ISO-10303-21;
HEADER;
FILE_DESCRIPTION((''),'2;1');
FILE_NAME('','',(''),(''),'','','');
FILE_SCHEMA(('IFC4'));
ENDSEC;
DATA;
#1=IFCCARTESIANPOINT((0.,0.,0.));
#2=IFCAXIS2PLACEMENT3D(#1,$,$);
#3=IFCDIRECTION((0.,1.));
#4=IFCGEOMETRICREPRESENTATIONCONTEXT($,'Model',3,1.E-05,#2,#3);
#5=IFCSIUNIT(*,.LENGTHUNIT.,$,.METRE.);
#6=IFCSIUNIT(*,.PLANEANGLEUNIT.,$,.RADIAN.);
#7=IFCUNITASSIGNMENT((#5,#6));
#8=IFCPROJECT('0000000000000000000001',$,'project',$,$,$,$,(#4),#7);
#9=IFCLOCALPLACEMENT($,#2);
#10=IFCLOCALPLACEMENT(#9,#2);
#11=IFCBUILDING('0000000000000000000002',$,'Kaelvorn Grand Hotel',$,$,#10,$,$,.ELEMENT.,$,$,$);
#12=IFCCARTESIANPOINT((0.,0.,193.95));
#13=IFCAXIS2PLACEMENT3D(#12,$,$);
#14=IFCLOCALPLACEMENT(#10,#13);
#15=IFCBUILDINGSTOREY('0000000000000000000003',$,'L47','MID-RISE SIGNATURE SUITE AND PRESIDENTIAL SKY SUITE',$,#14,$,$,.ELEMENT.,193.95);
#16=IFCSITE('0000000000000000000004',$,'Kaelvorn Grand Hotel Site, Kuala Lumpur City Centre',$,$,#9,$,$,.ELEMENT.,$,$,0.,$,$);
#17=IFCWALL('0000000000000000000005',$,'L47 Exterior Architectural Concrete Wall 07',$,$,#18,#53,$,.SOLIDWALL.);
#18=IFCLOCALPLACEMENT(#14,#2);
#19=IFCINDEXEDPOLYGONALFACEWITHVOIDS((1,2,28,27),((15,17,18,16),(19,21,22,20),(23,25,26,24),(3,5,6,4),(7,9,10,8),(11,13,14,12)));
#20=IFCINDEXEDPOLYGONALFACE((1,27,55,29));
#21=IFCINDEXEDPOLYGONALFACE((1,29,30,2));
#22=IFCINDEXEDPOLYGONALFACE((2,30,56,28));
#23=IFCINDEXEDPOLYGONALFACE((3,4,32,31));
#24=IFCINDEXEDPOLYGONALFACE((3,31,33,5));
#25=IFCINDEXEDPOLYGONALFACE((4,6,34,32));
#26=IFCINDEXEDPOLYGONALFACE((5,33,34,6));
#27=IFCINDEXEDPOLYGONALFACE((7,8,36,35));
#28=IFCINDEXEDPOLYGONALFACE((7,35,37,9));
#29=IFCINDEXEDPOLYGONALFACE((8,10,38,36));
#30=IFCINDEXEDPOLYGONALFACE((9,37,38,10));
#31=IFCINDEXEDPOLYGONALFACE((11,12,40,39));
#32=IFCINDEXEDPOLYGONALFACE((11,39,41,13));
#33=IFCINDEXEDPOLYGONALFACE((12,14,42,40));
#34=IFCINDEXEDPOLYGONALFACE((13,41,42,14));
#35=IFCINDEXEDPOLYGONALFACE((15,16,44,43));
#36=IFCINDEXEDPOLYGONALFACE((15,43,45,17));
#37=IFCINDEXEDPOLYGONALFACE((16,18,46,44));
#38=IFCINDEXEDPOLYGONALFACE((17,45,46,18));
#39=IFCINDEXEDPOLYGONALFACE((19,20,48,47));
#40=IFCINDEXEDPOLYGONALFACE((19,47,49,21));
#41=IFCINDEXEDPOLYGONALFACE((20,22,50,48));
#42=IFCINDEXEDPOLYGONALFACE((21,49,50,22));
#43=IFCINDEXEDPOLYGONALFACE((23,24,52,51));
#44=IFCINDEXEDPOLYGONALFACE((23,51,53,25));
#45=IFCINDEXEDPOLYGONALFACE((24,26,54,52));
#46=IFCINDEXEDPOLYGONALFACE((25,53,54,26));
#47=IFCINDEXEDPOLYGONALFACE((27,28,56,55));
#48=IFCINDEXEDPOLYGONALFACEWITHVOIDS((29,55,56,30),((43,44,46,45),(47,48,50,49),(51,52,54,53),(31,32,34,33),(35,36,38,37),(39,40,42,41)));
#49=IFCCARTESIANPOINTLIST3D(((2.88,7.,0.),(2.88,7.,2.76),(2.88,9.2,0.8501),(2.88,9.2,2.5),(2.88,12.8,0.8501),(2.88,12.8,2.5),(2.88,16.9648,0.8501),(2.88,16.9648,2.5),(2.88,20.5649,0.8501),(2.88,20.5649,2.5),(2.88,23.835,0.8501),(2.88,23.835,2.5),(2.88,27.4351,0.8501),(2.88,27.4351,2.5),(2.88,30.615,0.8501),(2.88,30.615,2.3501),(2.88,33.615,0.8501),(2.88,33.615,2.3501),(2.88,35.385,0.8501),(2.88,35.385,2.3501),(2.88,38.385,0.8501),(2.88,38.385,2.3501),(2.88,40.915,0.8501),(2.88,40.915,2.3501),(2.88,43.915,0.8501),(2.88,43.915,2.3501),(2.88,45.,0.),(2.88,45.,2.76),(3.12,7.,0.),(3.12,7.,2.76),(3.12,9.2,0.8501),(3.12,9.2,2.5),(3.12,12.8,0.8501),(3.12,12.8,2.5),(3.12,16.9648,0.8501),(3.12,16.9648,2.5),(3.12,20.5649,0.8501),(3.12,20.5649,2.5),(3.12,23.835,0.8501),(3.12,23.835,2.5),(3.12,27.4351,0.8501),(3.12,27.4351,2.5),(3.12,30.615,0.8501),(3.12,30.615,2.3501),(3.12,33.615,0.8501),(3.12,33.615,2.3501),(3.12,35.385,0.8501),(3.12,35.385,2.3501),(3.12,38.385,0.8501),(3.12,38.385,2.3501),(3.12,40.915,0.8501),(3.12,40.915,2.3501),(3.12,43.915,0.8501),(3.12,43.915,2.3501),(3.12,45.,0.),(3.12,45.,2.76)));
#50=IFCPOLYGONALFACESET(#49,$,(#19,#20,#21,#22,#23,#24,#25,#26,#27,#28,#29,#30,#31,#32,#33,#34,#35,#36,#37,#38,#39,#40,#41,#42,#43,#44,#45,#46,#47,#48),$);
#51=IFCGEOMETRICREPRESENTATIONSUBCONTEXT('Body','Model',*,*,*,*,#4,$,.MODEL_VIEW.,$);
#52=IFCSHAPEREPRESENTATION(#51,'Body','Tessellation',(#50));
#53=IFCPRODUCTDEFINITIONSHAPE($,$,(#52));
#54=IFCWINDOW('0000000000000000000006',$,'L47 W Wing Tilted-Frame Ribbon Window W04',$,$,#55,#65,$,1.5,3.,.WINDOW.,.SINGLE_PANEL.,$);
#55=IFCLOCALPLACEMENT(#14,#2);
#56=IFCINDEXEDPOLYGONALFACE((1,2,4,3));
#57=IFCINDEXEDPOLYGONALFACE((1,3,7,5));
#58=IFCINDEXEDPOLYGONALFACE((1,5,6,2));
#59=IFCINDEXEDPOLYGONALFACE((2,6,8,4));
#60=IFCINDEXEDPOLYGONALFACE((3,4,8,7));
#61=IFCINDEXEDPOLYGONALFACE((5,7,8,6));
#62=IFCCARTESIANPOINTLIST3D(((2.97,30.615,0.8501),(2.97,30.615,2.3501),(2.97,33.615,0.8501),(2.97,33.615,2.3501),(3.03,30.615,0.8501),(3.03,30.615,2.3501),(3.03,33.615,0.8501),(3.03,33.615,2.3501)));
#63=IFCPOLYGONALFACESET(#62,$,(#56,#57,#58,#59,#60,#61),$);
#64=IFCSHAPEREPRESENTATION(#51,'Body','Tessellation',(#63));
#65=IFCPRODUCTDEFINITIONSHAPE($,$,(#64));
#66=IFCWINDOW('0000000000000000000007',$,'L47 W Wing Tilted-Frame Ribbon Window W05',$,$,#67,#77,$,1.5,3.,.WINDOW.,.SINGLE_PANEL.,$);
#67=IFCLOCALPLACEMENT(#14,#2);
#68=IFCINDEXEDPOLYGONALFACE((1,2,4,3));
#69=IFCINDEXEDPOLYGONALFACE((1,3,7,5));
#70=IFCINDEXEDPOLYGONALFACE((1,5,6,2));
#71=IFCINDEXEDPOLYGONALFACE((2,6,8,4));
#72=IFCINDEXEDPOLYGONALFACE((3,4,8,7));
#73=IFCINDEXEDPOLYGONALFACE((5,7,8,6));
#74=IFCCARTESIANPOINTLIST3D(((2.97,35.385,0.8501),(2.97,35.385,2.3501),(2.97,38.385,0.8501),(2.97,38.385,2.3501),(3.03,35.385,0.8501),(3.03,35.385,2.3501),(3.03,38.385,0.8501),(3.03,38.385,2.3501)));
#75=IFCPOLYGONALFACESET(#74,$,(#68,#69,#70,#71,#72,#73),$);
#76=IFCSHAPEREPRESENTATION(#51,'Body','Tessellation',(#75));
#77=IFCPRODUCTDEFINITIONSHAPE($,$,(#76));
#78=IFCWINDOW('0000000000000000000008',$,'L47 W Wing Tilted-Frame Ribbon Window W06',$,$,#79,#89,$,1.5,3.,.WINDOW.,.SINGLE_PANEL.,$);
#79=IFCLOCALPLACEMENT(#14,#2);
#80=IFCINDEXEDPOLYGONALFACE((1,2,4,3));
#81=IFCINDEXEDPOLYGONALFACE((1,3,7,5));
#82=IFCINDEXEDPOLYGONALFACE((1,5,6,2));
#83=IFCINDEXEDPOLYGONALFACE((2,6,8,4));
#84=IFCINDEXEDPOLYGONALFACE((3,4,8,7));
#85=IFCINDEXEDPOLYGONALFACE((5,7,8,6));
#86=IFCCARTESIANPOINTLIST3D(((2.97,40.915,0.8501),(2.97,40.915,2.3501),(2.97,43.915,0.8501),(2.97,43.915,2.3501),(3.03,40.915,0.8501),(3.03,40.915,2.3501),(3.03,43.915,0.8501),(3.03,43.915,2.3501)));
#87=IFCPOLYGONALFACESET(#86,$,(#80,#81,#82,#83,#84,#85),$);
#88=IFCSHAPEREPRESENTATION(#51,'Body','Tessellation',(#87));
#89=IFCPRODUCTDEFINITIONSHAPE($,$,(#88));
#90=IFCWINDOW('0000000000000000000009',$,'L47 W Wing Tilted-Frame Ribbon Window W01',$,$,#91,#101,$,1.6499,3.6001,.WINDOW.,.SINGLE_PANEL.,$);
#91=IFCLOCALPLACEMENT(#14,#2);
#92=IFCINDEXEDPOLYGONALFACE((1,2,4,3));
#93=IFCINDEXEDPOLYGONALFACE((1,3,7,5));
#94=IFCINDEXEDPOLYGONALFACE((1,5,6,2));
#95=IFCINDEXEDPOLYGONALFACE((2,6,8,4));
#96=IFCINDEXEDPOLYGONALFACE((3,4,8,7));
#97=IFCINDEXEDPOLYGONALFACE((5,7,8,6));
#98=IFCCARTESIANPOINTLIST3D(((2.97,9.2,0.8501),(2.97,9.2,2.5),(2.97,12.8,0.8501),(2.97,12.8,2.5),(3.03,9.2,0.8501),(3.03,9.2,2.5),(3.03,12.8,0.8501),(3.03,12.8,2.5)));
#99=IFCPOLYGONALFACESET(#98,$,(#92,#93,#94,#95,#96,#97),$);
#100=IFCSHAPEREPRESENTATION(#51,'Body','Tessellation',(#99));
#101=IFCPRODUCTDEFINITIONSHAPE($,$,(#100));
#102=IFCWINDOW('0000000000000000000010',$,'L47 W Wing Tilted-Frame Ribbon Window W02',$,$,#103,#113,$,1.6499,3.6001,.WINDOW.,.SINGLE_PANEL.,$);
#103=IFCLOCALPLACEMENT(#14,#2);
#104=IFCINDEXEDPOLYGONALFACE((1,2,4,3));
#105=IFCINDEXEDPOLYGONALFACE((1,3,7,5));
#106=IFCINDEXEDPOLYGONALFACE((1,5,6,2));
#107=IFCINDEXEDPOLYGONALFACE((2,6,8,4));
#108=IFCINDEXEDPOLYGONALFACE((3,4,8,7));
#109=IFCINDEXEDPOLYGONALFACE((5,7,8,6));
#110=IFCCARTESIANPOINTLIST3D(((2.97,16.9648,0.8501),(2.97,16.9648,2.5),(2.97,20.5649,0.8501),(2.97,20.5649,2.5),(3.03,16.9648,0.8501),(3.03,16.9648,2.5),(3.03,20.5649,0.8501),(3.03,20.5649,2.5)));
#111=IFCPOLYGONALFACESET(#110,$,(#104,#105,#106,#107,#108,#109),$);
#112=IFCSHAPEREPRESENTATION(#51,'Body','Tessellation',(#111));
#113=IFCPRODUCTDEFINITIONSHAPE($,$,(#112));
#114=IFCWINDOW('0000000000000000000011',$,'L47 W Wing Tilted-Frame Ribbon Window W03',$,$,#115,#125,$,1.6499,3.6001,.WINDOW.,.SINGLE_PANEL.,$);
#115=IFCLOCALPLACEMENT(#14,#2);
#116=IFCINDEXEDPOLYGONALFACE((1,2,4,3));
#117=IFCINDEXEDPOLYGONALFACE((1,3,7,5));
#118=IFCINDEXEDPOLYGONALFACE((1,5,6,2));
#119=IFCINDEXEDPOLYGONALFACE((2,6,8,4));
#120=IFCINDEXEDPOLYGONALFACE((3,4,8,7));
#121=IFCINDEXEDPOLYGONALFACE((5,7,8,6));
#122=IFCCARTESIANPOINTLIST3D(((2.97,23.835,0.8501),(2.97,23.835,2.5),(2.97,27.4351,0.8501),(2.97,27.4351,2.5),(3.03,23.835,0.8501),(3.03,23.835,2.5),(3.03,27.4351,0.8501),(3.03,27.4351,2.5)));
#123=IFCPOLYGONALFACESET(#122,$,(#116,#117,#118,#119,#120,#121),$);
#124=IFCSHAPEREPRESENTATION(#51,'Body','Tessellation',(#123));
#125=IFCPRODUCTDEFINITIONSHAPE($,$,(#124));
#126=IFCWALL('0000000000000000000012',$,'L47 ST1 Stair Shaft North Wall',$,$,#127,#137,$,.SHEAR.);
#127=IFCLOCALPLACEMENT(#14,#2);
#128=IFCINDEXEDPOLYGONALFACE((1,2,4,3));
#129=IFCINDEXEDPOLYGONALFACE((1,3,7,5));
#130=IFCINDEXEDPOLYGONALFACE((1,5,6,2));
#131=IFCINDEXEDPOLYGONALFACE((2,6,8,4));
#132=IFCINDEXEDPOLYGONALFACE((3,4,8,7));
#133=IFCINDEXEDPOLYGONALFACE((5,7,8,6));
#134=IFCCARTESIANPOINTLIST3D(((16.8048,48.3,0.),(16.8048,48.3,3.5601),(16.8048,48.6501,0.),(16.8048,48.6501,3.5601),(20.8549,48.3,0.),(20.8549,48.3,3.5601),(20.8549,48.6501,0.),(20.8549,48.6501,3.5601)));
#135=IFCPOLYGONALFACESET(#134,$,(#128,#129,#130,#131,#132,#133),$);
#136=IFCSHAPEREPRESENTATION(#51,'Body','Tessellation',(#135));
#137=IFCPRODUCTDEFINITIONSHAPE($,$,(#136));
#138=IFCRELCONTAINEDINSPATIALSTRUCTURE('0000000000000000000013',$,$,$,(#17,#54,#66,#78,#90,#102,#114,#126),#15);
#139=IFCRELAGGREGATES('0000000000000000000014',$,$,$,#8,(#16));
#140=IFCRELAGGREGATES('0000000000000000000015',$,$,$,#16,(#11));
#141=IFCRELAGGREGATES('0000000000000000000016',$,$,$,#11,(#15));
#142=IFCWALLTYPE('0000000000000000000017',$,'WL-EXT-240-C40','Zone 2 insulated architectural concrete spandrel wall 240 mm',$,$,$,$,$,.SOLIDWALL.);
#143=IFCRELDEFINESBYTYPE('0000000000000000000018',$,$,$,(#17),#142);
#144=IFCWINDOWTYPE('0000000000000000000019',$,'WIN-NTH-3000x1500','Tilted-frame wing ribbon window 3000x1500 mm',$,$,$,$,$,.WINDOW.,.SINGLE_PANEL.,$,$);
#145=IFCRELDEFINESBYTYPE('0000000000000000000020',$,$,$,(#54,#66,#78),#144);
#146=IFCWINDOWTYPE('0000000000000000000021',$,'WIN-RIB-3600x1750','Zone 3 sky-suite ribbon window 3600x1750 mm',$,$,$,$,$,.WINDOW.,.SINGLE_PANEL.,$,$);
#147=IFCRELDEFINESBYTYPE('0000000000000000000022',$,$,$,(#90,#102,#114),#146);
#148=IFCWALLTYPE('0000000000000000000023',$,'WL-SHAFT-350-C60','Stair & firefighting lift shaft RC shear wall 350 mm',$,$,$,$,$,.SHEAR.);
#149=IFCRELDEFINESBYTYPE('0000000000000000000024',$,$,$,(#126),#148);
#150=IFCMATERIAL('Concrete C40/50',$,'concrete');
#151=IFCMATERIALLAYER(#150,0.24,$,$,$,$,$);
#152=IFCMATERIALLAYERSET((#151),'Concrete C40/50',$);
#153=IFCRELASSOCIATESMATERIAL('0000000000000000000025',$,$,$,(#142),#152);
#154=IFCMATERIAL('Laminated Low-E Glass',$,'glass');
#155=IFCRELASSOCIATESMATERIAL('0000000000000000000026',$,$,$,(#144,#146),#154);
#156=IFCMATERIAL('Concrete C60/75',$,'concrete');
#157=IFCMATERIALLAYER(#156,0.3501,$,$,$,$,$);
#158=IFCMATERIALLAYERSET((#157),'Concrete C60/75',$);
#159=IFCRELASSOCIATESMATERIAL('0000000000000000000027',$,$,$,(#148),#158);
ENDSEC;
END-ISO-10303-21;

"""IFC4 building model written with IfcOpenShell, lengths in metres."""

from ifc_helpers import new_model, si_unit, direction, frame, frame_2d, origin, place, context, subcontext, project, spatial, rectangle, extrude, material, layer, layer_set, type_object, element, fill, save


model = new_model("IFC4")

# Units and contexts
model_context = context("Model", 3, precision=1e-05, world=origin(), true_north=direction((0.0, 1.0)))
body_context = subcontext(model_context, "Body", "Model", "MODEL_VIEW")
ifc_project = project(units=[si_unit("LENGTHUNIT", "METRE"), si_unit("PLANEANGLEUNIT", "RADIAN")], contexts=[model_context])

# Site, building, storey
site_placement = place(None, origin())
site = spatial("IfcSite", under=ifc_project, at=site_placement, Name="Kaelvorn Grand Hotel Site, Kuala Lumpur City Centre", CompositionType="ELEMENT", RefElevation=0.0)
building_placement = place(site_placement, origin())
building = spatial("IfcBuilding", under=site, at=building_placement, Name="Kaelvorn Grand Hotel", CompositionType="ELEMENT")
storey_placement = place(building_placement, frame((0.0, 0.0, 193.95)))
storey = spatial("IfcBuildingStorey", under=building, at=storey_placement, Name="L47", Description="MID-RISE SIGNATURE SUITE AND PRESIDENTIAL SKY SUITE", CompositionType="ELEMENT", Elevation=193.95)

# Shared definitions
ifc_material_1 = material(Name="Concrete C60/75", Category="concrete")

# Shared definitions
ifc_material_2 = material(Name="Concrete C40/50", Category="concrete")
ifc_layer_1 = layer(ifc_material_2, 0.24)
ifc_layer_set_1 = layer_set([ifc_layer_1], Name="Concrete C40/50")
wall_type_1 = type_object("IfcWallType", Name="WL-EXT-240-C40", Description="Zone 2 insulated architectural concrete spandrel wall 240 mm", PredefinedType="SOLIDWALL", material=ifc_layer_set_1)
ifc_material_3 = material(Name="Laminated Low-E Glass", Category="glass")

# Wall, openings, windows
wall_1_placement = place(storey_placement, frame((3.0, 45.0, 0.0), z_axis=(0.0, 0.0, 1.0), x_axis=(0.0, -1.0, 0.0)))
wall_1 = element("IfcWall", 1, at=wall_1_placement, inside=storey, type_object=wall_type_1, Name="L47 Exterior Architectural Concrete Wall 07", PredefinedType="SOLIDWALL", context=body_context, shape_type="SweptSolid", body=[
    extrude(rectangle(XDim=38.0, YDim=0.24, at=frame_2d((19.0, 0.0))), origin(), (0.0, 0.0, 1.0), 2.76),
])
opening_1_placement = place(wall_1_placement, frame((32.2, 0.0, 0.8501)))
opening_1 = element("IfcOpeningElement", 2, at=opening_1_placement, cuts=wall_1, PredefinedType="OPENING", context=body_context, shape_type="SweptSolid", body=[
    extrude(rectangle(XDim=3.6001, YDim=1.6499, at=frame_2d((1.8, 0.825))), frame((0.0, 0.1299, 0.0), z_axis=(0.0, -1.0, 0.0), x_axis=(1.0, 0.0, 0.0)), (0.0, 0.0, 1.0), 0.26),
])
opening_2_placement = place(wall_1_placement, frame((24.4351, 0.0, 0.8501)))
opening_2 = element("IfcOpeningElement", 3, at=opening_2_placement, cuts=wall_1, PredefinedType="OPENING", context=body_context, shape_type="SweptSolid", body=[
    extrude(rectangle(XDim=3.6001, YDim=1.6499, at=frame_2d((1.8, 0.825))), frame((0.0, 0.1299, 0.0), z_axis=(0.0, -1.0, 0.0), x_axis=(1.0, 0.0, 0.0)), (0.0, 0.0, 1.0), 0.26),
])
opening_3_placement = place(wall_1_placement, frame((17.5649, 0.0, 0.8501)))
opening_3 = element("IfcOpeningElement", 4, at=opening_3_placement, cuts=wall_1, PredefinedType="OPENING", context=body_context, shape_type="SweptSolid", body=[
    extrude(rectangle(XDim=3.6001, YDim=1.6499, at=frame_2d((1.8, 0.825))), frame((0.0, 0.1299, 0.0), z_axis=(0.0, -1.0, 0.0), x_axis=(1.0, 0.0, 0.0)), (0.0, 0.0, 1.0), 0.26),
])
opening_4_placement = place(wall_1_placement, frame((11.385, 0.0, 0.8501)))
opening_4 = element("IfcOpeningElement", 5, at=opening_4_placement, cuts=wall_1, PredefinedType="OPENING", context=body_context, shape_type="SweptSolid", body=[
    extrude(rectangle(XDim=3.0, YDim=1.5, at=frame_2d((1.5, 0.75))), frame((0.0, 0.1299, 0.0), z_axis=(0.0, -1.0, 0.0), x_axis=(1.0, 0.0, 0.0)), (0.0, 0.0, 1.0), 0.26),
])
opening_5_placement = place(wall_1_placement, frame((6.615, 0.0, 0.8501)))
opening_5 = element("IfcOpeningElement", 6, at=opening_5_placement, cuts=wall_1, PredefinedType="OPENING", context=body_context, shape_type="SweptSolid", body=[
    extrude(rectangle(XDim=3.0, YDim=1.5, at=frame_2d((1.5, 0.75))), frame((0.0, 0.1299, 0.0), z_axis=(0.0, -1.0, 0.0), x_axis=(1.0, 0.0, 0.0)), (0.0, 0.0, 1.0), 0.26),
])
opening_6_placement = place(wall_1_placement, frame((1.085, 0.0, 0.8501)))
opening_6 = element("IfcOpeningElement", 7, at=opening_6_placement, cuts=wall_1, PredefinedType="OPENING", context=body_context, shape_type="SweptSolid", body=[
    extrude(rectangle(XDim=3.0, YDim=1.5, at=frame_2d((1.5, 0.75))), frame((0.0, 0.1299, 0.0), z_axis=(0.0, -1.0, 0.0), x_axis=(1.0, 0.0, 0.0)), (0.0, 0.0, 1.0), 0.26),
])
window_type_1 = type_object("IfcWindowType", Name="WIN-NTH-3000x1500", Description="Tilted-frame wing ribbon window 3000x1500 mm", PartitioningType="SINGLE_PANEL", PredefinedType="WINDOW", material=ifc_material_3)
window_1_placement = place(opening_4_placement, origin())
window_1 = element("IfcWindow", 8, at=window_1_placement, inside=storey, type_object=window_type_1, Name="L47 W Wing Tilted-Frame Ribbon Window W04", OverallHeight=1.5, OverallWidth=3.0, PartitioningType="SINGLE_PANEL", PredefinedType="WINDOW", context=body_context, shape_type="SweptSolid", body=[
    extrude(rectangle(XDim=3.0, YDim=1.5, at=frame_2d((1.5, 0.75))), frame((0.0, 0.03, 0.0), z_axis=(0.0, -1.0, 0.0), x_axis=(1.0, 0.0, 0.0)), (0.0, 0.0, 1.0), 0.0601),
])
fill(opening_4, window_1)
window_2_placement = place(opening_5_placement, origin())
window_2 = element("IfcWindow", 9, at=window_2_placement, inside=storey, type_object=window_type_1, Name="L47 W Wing Tilted-Frame Ribbon Window W05", OverallHeight=1.5, OverallWidth=3.0, PartitioningType="SINGLE_PANEL", PredefinedType="WINDOW", context=body_context, shape_type="SweptSolid", body=[
    extrude(rectangle(XDim=3.0, YDim=1.5, at=frame_2d((1.5, 0.75))), frame((0.0, 0.03, 0.0), z_axis=(0.0, -1.0, 0.0), x_axis=(1.0, 0.0, 0.0)), (0.0, 0.0, 1.0), 0.0601),
])
fill(opening_5, window_2)
window_3_placement = place(opening_6_placement, origin())
window_3 = element("IfcWindow", 10, at=window_3_placement, inside=storey, type_object=window_type_1, Name="L47 W Wing Tilted-Frame Ribbon Window W06", OverallHeight=1.5, OverallWidth=3.0, PartitioningType="SINGLE_PANEL", PredefinedType="WINDOW", context=body_context, shape_type="SweptSolid", body=[
    extrude(rectangle(XDim=3.0, YDim=1.5, at=frame_2d((1.5, 0.75))), frame((0.0, 0.03, 0.0), z_axis=(0.0, -1.0, 0.0), x_axis=(1.0, 0.0, 0.0)), (0.0, 0.0, 1.0), 0.0601),
])
fill(opening_6, window_3)
window_type_2 = type_object("IfcWindowType", Name="WIN-RIB-3600x1750", Description="Zone 3 sky-suite ribbon window 3600x1750 mm", PartitioningType="SINGLE_PANEL", PredefinedType="WINDOW", material=ifc_material_3)
window_4_placement = place(opening_1_placement, origin())
window_4 = element("IfcWindow", 11, at=window_4_placement, inside=storey, type_object=window_type_2, Name="L47 W Wing Tilted-Frame Ribbon Window W01", OverallHeight=1.6499, OverallWidth=3.6001, PartitioningType="SINGLE_PANEL", PredefinedType="WINDOW", context=body_context, shape_type="SweptSolid", body=[
    extrude(rectangle(XDim=3.6001, YDim=1.6499, at=frame_2d((1.8, 0.825))), frame((0.0, 0.03, 0.0), z_axis=(0.0, -1.0, 0.0), x_axis=(1.0, 0.0, 0.0)), (0.0, 0.0, 1.0), 0.0601),
])
fill(opening_1, window_4)
window_5_placement = place(opening_2_placement, origin())
window_5 = element("IfcWindow", 12, at=window_5_placement, inside=storey, type_object=window_type_2, Name="L47 W Wing Tilted-Frame Ribbon Window W02", OverallHeight=1.6499, OverallWidth=3.6001, PartitioningType="SINGLE_PANEL", PredefinedType="WINDOW", context=body_context, shape_type="SweptSolid", body=[
    extrude(rectangle(XDim=3.6001, YDim=1.6499, at=frame_2d((1.8, 0.825))), frame((0.0, 0.03, 0.0), z_axis=(0.0, -1.0, 0.0), x_axis=(1.0, 0.0, 0.0)), (0.0, 0.0, 1.0), 0.0601),
])
fill(opening_2, window_5)
window_6_placement = place(opening_3_placement, origin())
window_6 = element("IfcWindow", 13, at=window_6_placement, inside=storey, type_object=window_type_2, Name="L47 W Wing Tilted-Frame Ribbon Window W03", OverallHeight=1.6499, OverallWidth=3.6001, PartitioningType="SINGLE_PANEL", PredefinedType="WINDOW", context=body_context, shape_type="SweptSolid", body=[
    extrude(rectangle(XDim=3.6001, YDim=1.6499, at=frame_2d((1.8, 0.825))), frame((0.0, 0.03, 0.0), z_axis=(0.0, -1.0, 0.0), x_axis=(1.0, 0.0, 0.0)), (0.0, 0.0, 1.0), 0.0601),
])
fill(opening_3, window_6)

# Wall
ifc_layer_2 = layer(ifc_material_1, 0.3501)
ifc_layer_set_2 = layer_set([ifc_layer_2], Name="Concrete C60/75")
wall_type_2 = type_object("IfcWallType", Name="WL-SHAFT-350-C60", Description="Stair & firefighting lift shaft RC shear wall 350 mm", PredefinedType="SHEAR", material=ifc_layer_set_2)
wall_2_placement = place(storey_placement, frame((16.8049, 48.4751, 0.0), z_axis=(0.0, 0.0, 1.0), x_axis=(1.0, 0.0, 0.0)))
element("IfcWall", 14, at=wall_2_placement, inside=storey, type_object=wall_type_2, Name="L47 ST1 Stair Shaft North Wall", PredefinedType="SHEAR", context=body_context, shape_type="SweptSolid", body=[
    extrude(rectangle(XDim=4.05, YDim=0.3501, at=frame_2d((2.0249, 0.0))), origin(), (0.0, 0.0, 1.0), 3.5601),
])

save(model, "model.ifc")
